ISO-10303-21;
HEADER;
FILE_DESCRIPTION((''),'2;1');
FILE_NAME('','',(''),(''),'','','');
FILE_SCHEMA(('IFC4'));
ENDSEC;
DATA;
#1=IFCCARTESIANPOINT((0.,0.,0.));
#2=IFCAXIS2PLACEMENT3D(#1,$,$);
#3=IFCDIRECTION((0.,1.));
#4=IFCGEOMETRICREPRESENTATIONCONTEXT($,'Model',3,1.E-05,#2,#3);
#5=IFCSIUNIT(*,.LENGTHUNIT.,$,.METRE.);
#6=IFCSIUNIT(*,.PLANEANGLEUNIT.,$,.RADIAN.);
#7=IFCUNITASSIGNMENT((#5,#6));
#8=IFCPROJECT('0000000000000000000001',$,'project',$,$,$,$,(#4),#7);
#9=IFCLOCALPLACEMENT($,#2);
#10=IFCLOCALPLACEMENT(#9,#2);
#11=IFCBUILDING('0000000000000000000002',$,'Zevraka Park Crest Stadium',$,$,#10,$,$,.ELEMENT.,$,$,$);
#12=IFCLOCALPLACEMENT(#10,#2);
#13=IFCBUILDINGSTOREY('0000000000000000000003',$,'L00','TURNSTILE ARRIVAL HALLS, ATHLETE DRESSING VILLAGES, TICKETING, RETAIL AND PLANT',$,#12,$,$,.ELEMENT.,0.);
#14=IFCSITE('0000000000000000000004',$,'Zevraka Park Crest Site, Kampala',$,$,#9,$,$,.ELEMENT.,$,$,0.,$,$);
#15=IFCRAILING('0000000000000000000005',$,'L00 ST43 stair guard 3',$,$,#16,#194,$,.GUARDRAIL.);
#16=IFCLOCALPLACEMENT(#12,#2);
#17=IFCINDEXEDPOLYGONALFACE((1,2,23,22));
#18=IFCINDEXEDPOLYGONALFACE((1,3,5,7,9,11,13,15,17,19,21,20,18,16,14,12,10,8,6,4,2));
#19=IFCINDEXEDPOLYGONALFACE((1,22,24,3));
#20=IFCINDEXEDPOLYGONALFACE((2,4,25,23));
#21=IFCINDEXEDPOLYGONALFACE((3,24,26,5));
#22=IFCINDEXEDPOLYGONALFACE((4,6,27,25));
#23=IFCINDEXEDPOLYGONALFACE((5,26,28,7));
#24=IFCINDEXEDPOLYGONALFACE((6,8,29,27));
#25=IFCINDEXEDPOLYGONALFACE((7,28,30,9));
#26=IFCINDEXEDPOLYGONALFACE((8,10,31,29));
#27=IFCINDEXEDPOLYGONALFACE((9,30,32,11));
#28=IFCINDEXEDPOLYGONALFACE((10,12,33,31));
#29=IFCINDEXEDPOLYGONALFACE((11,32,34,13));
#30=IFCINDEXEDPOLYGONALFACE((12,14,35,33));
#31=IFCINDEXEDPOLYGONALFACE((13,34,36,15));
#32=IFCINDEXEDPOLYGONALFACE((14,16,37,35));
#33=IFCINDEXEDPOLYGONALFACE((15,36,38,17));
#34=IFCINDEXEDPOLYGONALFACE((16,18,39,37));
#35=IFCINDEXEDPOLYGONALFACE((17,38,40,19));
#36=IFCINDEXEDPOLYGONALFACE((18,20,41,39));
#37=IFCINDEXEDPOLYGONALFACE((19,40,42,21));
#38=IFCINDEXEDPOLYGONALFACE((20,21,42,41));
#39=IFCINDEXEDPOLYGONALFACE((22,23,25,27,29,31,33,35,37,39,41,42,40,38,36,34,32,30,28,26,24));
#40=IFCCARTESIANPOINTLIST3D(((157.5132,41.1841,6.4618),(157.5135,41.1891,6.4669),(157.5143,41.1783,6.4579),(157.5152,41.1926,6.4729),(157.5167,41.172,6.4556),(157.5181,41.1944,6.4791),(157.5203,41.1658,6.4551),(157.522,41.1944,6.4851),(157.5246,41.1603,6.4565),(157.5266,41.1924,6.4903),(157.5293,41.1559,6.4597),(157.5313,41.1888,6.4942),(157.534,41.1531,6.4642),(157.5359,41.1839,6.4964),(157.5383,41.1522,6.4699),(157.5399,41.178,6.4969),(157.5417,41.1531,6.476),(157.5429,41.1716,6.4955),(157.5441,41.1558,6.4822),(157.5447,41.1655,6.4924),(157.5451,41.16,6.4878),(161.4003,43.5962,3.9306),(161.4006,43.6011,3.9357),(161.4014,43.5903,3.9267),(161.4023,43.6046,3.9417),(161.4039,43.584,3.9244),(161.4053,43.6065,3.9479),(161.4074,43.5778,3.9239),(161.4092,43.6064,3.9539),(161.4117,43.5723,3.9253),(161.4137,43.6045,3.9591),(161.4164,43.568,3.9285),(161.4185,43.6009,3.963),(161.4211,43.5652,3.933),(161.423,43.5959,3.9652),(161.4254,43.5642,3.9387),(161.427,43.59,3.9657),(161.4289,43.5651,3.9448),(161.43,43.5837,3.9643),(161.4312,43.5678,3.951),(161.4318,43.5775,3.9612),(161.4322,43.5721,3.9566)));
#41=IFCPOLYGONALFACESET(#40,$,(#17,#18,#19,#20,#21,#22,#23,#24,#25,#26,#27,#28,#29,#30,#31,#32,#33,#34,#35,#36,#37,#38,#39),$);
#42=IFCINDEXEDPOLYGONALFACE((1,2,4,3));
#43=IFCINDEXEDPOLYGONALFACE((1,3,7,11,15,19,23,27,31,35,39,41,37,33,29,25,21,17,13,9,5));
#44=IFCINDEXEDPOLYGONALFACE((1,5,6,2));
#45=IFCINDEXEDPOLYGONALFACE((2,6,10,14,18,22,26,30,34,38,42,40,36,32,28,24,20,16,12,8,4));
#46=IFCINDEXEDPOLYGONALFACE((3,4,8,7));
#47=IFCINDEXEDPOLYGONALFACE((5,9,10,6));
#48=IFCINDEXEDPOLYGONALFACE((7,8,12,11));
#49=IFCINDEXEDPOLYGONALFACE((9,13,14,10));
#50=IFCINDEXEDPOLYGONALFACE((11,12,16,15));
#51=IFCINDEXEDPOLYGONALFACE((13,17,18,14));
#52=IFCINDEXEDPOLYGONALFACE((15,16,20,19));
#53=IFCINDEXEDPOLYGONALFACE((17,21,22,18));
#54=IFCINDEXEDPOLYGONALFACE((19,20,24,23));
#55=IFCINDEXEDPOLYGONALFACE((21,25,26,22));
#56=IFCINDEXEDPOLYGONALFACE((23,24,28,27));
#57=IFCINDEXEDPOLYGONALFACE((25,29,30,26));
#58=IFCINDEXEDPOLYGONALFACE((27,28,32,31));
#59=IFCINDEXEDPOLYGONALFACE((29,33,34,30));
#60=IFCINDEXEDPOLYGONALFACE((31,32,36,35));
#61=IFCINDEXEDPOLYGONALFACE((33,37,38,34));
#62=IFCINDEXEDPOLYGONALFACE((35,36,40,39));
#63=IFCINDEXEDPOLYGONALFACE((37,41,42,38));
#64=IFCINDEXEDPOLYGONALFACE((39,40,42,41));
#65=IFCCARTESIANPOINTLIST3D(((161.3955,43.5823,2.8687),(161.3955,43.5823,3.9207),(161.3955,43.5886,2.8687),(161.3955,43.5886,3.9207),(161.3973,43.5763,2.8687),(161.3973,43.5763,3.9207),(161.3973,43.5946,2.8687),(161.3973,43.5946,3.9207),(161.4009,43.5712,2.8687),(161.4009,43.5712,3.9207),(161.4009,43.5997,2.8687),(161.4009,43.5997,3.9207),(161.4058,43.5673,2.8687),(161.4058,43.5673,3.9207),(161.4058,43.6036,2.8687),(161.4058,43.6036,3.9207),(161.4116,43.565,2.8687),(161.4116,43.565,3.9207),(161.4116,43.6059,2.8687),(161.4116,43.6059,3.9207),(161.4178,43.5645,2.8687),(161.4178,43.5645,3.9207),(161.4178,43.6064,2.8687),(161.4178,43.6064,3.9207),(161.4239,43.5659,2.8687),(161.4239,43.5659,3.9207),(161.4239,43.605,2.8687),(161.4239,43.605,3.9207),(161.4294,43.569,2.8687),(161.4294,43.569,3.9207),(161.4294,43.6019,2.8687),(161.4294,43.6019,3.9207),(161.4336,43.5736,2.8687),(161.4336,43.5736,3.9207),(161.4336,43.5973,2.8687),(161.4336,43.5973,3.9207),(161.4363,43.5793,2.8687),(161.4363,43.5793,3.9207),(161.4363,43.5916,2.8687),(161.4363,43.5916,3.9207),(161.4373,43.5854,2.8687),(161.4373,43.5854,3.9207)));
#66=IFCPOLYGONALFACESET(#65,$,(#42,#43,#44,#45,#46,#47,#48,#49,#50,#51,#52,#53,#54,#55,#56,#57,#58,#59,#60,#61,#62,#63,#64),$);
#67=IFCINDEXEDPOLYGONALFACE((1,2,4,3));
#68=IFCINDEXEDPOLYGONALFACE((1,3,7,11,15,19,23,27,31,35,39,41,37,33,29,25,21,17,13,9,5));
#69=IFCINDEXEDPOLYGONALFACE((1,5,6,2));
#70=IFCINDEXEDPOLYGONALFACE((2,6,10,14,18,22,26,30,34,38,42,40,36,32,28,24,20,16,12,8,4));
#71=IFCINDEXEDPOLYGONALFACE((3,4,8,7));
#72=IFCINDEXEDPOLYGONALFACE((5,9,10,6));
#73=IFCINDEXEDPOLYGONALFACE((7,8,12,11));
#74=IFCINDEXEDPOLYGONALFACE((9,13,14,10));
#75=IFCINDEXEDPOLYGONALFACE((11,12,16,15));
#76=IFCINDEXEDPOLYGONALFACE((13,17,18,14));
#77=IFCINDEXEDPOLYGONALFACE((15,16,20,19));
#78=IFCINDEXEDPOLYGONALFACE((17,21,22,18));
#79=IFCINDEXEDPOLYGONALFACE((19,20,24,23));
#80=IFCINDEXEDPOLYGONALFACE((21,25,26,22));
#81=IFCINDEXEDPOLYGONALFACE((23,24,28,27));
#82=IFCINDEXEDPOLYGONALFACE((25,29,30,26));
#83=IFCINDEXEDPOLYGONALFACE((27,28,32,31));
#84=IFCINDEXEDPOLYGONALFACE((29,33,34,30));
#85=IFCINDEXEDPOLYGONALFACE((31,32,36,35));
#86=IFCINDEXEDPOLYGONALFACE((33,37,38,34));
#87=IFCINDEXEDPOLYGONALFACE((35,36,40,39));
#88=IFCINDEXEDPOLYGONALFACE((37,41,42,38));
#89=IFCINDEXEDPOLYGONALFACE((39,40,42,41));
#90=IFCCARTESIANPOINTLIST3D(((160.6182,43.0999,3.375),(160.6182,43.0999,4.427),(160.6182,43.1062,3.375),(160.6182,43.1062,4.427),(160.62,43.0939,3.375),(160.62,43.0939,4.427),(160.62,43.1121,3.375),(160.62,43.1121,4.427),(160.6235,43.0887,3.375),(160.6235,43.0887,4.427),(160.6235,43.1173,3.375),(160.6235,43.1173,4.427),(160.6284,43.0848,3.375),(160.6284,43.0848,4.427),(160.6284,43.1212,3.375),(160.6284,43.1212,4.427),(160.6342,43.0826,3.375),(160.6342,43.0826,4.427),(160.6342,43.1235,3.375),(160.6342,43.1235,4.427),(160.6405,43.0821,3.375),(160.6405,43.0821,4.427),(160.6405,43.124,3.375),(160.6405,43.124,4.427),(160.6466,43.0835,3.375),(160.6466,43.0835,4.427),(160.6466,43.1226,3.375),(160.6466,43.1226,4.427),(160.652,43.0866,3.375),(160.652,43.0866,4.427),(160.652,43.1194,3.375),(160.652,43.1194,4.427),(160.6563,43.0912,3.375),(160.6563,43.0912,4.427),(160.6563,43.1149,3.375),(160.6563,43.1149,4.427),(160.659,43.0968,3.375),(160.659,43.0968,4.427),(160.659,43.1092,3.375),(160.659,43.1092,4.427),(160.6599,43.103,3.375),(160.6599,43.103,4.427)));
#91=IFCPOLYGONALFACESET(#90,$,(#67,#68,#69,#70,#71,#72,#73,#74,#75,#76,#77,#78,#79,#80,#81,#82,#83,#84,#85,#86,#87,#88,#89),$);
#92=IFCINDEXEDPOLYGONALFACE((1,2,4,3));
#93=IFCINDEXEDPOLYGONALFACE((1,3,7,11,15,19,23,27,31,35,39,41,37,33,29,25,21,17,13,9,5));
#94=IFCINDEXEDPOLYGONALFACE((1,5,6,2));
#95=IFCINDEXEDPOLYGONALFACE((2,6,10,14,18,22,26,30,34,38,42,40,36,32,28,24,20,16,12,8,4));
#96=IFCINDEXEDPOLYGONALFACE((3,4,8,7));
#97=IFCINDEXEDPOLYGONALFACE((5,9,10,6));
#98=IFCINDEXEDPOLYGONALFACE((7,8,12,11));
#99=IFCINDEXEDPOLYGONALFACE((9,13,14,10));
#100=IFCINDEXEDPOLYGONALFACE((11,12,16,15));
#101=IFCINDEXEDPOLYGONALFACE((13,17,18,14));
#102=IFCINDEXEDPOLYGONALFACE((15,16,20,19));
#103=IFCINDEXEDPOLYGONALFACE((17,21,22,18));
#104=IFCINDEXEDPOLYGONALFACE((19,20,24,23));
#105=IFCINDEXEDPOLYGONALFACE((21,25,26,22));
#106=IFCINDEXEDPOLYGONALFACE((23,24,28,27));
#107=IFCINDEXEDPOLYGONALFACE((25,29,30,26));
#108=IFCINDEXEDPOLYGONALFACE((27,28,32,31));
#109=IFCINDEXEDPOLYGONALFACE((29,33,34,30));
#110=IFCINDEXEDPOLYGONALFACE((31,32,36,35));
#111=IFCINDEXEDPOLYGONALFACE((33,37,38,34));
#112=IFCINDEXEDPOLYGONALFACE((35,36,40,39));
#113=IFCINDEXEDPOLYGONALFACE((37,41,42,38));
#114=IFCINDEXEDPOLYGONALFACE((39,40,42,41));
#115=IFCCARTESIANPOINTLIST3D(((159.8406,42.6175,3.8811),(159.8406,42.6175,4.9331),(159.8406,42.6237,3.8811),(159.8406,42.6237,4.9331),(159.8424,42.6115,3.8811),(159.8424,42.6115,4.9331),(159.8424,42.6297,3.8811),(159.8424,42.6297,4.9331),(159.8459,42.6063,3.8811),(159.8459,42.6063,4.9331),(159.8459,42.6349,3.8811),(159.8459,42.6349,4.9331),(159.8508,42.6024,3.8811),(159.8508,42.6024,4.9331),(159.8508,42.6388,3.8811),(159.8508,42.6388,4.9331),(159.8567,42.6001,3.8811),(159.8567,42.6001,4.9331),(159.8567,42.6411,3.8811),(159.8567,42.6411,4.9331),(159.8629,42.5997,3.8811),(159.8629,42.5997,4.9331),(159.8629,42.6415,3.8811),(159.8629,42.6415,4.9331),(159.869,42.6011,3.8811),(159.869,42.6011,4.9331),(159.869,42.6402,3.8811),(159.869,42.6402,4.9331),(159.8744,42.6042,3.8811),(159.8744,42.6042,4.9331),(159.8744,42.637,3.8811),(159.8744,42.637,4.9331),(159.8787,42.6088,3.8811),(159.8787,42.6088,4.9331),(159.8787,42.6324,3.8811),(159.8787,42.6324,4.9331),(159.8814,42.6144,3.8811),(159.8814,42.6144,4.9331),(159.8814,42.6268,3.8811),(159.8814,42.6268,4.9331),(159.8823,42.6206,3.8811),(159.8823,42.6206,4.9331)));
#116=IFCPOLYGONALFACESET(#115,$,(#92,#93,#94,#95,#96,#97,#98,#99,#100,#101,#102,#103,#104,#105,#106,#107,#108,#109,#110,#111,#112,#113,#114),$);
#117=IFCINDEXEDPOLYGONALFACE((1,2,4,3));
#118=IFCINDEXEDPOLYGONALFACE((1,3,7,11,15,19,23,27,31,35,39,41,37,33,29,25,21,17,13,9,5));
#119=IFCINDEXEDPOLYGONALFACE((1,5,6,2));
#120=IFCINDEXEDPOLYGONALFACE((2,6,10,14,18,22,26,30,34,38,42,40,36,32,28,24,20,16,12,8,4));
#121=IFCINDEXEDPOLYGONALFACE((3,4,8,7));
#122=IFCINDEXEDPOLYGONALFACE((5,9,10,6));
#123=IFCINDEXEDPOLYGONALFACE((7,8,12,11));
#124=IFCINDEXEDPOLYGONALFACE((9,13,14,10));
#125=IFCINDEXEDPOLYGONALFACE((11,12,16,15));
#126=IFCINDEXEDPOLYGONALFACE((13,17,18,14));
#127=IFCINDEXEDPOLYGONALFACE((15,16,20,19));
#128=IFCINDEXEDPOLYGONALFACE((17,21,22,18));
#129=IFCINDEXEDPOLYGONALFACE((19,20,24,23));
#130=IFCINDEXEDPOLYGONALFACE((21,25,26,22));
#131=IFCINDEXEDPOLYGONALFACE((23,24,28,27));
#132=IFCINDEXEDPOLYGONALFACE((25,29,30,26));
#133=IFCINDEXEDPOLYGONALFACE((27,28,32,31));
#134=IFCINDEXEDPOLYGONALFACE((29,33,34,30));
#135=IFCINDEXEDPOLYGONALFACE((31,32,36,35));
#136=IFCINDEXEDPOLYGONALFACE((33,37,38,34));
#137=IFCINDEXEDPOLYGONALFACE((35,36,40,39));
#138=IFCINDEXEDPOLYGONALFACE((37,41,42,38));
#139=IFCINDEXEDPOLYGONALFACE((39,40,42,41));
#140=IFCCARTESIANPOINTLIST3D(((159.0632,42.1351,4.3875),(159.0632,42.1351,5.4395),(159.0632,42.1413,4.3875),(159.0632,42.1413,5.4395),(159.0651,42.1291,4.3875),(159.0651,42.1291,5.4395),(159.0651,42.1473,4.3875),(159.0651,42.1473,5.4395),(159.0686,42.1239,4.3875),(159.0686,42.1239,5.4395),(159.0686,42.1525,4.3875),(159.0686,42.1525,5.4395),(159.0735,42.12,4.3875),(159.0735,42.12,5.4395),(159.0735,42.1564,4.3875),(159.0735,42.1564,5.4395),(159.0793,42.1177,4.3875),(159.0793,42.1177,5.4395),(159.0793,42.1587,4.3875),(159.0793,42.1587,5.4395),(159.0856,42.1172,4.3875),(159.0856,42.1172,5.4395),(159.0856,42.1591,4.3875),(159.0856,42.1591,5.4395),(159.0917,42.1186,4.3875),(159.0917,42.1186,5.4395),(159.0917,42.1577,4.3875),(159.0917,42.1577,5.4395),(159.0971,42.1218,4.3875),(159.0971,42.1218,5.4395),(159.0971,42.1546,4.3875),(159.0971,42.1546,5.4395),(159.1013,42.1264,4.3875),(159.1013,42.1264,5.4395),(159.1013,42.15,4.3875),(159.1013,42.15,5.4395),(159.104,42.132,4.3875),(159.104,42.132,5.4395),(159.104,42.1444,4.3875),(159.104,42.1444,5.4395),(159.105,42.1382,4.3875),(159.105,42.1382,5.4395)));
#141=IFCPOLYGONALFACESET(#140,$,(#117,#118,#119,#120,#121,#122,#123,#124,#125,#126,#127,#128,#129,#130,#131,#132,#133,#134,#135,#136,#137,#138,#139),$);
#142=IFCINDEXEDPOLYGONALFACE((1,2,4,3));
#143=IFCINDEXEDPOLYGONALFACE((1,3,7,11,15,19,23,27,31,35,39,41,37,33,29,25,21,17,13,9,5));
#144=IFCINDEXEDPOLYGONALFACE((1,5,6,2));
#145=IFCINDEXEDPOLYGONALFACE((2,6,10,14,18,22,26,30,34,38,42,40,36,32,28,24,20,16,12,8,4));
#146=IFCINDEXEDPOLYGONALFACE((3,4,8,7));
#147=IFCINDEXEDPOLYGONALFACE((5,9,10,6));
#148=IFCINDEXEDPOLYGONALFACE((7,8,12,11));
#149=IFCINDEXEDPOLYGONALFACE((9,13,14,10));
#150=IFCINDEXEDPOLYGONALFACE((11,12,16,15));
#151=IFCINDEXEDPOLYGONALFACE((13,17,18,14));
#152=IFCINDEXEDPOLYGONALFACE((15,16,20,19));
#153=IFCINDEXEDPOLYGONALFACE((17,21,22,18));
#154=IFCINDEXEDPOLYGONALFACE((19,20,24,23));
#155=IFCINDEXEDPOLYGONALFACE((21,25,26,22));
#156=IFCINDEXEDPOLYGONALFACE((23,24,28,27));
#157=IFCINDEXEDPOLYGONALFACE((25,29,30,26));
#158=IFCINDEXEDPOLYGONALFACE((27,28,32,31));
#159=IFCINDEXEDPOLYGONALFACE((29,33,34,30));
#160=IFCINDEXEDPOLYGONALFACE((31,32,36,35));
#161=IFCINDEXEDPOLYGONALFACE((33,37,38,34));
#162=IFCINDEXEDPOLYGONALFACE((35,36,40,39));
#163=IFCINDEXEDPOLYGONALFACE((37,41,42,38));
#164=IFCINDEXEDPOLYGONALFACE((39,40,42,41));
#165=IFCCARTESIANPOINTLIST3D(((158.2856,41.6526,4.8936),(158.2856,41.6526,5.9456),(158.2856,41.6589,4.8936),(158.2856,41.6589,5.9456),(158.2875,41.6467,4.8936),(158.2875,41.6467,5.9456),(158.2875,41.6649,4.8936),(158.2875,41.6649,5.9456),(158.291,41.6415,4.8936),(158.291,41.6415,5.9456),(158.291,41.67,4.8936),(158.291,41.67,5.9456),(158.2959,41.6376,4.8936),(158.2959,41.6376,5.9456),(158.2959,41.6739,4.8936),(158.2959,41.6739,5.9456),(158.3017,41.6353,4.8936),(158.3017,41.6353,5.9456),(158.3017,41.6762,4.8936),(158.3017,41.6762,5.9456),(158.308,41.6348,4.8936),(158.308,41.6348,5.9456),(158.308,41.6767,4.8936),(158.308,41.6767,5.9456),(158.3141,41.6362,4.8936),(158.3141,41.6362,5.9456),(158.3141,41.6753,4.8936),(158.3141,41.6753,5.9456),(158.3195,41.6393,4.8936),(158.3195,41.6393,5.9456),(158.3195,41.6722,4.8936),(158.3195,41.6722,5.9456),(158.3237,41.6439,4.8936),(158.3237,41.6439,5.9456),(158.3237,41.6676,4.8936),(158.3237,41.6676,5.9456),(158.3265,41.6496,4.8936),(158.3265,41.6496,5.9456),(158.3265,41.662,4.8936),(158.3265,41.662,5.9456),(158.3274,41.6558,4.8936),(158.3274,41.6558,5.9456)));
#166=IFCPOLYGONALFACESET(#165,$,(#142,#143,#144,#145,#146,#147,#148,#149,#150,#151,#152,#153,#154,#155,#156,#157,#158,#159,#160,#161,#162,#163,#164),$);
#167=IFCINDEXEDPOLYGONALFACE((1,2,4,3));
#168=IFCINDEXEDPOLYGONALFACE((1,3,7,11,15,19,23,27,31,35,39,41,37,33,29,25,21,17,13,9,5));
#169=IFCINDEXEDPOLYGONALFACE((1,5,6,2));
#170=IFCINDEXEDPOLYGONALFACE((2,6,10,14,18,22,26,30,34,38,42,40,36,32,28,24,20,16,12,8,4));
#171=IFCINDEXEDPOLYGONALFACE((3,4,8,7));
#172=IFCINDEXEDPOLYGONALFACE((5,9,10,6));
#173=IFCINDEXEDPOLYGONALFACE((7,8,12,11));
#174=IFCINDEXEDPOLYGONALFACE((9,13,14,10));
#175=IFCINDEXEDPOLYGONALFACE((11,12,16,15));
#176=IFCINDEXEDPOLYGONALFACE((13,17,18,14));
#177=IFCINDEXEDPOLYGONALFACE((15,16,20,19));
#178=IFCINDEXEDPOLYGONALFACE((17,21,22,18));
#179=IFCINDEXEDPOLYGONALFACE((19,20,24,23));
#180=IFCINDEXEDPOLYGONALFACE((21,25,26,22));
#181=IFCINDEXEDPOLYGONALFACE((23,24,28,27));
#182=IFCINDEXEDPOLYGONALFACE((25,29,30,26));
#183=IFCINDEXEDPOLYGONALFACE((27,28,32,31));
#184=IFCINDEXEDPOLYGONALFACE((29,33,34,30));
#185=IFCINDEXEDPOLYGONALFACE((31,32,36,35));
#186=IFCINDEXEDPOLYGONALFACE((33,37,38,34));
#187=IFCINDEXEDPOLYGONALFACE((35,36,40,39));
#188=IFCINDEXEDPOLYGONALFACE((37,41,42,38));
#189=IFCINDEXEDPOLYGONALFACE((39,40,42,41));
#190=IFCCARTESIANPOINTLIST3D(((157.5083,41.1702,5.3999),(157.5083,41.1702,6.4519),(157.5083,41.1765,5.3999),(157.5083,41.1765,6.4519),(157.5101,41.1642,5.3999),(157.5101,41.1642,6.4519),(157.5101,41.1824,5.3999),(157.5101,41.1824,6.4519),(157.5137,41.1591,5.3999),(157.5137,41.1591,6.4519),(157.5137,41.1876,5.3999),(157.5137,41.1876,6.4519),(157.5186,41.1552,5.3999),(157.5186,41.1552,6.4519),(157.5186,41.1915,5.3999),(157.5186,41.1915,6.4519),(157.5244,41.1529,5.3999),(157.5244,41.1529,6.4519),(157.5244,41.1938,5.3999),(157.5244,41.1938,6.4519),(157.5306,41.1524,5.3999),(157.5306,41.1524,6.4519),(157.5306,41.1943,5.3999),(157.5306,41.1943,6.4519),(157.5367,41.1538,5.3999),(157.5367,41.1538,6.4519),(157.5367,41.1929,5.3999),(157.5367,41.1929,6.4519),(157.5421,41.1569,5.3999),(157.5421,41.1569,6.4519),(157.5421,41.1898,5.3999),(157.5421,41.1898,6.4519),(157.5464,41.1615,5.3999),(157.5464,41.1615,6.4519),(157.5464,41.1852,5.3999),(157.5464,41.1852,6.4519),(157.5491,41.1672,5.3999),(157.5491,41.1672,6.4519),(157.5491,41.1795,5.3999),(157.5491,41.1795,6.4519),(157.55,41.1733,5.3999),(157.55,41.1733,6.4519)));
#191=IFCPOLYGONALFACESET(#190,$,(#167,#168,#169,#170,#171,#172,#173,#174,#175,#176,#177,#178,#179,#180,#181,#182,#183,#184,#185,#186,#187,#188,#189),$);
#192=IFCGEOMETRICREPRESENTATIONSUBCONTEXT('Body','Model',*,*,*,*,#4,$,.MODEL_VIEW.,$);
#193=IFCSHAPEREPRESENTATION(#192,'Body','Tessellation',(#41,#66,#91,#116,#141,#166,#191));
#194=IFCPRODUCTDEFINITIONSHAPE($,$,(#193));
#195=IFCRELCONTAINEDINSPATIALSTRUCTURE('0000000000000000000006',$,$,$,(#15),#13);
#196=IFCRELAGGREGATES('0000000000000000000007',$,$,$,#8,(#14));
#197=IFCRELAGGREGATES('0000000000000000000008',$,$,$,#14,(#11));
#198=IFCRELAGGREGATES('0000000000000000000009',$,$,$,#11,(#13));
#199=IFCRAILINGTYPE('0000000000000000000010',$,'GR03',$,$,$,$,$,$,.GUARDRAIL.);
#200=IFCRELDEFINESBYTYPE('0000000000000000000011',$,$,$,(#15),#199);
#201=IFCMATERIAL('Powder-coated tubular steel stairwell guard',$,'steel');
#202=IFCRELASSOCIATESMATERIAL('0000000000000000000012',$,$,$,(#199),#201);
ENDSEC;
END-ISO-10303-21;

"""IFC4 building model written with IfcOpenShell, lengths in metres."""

from ifc_helpers import new_model, si_unit, direction, frame, origin, origin_2d, place, context, subcontext, project, spatial, circle, extrude, material, type_object, element, save


model = new_model("IFC4")

# Units and contexts
model_context = context("Model", 3, precision=1e-05, world=origin(), true_north=direction((0.0, 1.0)))
body_context = subcontext(model_context, "Body", "Model", "MODEL_VIEW")
ifc_project = project(units=[si_unit("LENGTHUNIT", "METRE"), si_unit("PLANEANGLEUNIT", "RADIAN")], contexts=[model_context])

# Site, building, storey
site_placement = place(None, origin())
site = spatial("IfcSite", under=ifc_project, at=site_placement, Name="Zevraka Park Crest Site, Kampala", CompositionType="ELEMENT", RefElevation=0.0)
building_placement = place(site_placement, origin())
building = spatial("IfcBuilding", under=site, at=building_placement, Name="Zevraka Park Crest Stadium", CompositionType="ELEMENT")
storey_placement = place(building_placement, origin())
storey = spatial("IfcBuildingStorey", under=building, at=storey_placement, Name="L00", Description="TURNSTILE ARRIVAL HALLS, ATHLETE DRESSING VILLAGES, TICKETING, RETAIL AND PLANT", CompositionType="ELEMENT", Elevation=0.0)

# Railing
ifc_material_1 = material(Name="Powder-coated tubular steel stairwell guard", Category="steel")
railing_type_1 = type_object("IfcRailingType", Name="GR03", PredefinedType="GUARDRAIL", material=ifc_material_1)
railing_1_placement = place(storey_placement, frame((161.4163, 43.5854, 2.8687)))
element("IfcRailing", 1, at=railing_1_placement, inside=storey, type_object=railing_type_1, Name="L00 ST43 stair guard 3", PredefinedType="GUARDRAIL", context=body_context, shape_type="SweptSolid", body=[
    extrude(circle(Radius=0.0239, at=origin_2d()), frame((0.0, 0.0, 1.0762), z_axis=(-0.743483, -0.46135, 0.484137), x_axis=(0.527262, -0.849703, 0.0)), (0.0, 0.0, 1.0), 5.2283),
    extrude(circle(Radius=0.021, at=origin_2d()), origin(), (0.0, 0.0, 1.0), 1.052),
    extrude(circle(Radius=0.021, at=origin_2d()), frame((-0.7773, -0.4824, 0.5063)), (0.0, 0.0, 1.0), 1.052),
    extrude(circle(Radius=0.021, at=origin_2d()), frame((-1.5549, -0.9648, 1.0125)), (0.0, 0.0, 1.0), 1.052),
    extrude(circle(Radius=0.021, at=origin_2d()), frame((-2.3323, -1.4473, 1.5188)), (0.0, 0.0, 1.0), 1.052),
    extrude(circle(Radius=0.021, at=origin_2d()), frame((-3.1099, -1.9297, 2.0249)), (0.0, 0.0, 1.0), 1.052),
    extrude(circle(Radius=0.021, at=origin_2d()), frame((-3.8872, -2.4121, 2.5312)), (0.0, 0.0, 1.0), 1.052),
])

save(model, "model.ifc")
